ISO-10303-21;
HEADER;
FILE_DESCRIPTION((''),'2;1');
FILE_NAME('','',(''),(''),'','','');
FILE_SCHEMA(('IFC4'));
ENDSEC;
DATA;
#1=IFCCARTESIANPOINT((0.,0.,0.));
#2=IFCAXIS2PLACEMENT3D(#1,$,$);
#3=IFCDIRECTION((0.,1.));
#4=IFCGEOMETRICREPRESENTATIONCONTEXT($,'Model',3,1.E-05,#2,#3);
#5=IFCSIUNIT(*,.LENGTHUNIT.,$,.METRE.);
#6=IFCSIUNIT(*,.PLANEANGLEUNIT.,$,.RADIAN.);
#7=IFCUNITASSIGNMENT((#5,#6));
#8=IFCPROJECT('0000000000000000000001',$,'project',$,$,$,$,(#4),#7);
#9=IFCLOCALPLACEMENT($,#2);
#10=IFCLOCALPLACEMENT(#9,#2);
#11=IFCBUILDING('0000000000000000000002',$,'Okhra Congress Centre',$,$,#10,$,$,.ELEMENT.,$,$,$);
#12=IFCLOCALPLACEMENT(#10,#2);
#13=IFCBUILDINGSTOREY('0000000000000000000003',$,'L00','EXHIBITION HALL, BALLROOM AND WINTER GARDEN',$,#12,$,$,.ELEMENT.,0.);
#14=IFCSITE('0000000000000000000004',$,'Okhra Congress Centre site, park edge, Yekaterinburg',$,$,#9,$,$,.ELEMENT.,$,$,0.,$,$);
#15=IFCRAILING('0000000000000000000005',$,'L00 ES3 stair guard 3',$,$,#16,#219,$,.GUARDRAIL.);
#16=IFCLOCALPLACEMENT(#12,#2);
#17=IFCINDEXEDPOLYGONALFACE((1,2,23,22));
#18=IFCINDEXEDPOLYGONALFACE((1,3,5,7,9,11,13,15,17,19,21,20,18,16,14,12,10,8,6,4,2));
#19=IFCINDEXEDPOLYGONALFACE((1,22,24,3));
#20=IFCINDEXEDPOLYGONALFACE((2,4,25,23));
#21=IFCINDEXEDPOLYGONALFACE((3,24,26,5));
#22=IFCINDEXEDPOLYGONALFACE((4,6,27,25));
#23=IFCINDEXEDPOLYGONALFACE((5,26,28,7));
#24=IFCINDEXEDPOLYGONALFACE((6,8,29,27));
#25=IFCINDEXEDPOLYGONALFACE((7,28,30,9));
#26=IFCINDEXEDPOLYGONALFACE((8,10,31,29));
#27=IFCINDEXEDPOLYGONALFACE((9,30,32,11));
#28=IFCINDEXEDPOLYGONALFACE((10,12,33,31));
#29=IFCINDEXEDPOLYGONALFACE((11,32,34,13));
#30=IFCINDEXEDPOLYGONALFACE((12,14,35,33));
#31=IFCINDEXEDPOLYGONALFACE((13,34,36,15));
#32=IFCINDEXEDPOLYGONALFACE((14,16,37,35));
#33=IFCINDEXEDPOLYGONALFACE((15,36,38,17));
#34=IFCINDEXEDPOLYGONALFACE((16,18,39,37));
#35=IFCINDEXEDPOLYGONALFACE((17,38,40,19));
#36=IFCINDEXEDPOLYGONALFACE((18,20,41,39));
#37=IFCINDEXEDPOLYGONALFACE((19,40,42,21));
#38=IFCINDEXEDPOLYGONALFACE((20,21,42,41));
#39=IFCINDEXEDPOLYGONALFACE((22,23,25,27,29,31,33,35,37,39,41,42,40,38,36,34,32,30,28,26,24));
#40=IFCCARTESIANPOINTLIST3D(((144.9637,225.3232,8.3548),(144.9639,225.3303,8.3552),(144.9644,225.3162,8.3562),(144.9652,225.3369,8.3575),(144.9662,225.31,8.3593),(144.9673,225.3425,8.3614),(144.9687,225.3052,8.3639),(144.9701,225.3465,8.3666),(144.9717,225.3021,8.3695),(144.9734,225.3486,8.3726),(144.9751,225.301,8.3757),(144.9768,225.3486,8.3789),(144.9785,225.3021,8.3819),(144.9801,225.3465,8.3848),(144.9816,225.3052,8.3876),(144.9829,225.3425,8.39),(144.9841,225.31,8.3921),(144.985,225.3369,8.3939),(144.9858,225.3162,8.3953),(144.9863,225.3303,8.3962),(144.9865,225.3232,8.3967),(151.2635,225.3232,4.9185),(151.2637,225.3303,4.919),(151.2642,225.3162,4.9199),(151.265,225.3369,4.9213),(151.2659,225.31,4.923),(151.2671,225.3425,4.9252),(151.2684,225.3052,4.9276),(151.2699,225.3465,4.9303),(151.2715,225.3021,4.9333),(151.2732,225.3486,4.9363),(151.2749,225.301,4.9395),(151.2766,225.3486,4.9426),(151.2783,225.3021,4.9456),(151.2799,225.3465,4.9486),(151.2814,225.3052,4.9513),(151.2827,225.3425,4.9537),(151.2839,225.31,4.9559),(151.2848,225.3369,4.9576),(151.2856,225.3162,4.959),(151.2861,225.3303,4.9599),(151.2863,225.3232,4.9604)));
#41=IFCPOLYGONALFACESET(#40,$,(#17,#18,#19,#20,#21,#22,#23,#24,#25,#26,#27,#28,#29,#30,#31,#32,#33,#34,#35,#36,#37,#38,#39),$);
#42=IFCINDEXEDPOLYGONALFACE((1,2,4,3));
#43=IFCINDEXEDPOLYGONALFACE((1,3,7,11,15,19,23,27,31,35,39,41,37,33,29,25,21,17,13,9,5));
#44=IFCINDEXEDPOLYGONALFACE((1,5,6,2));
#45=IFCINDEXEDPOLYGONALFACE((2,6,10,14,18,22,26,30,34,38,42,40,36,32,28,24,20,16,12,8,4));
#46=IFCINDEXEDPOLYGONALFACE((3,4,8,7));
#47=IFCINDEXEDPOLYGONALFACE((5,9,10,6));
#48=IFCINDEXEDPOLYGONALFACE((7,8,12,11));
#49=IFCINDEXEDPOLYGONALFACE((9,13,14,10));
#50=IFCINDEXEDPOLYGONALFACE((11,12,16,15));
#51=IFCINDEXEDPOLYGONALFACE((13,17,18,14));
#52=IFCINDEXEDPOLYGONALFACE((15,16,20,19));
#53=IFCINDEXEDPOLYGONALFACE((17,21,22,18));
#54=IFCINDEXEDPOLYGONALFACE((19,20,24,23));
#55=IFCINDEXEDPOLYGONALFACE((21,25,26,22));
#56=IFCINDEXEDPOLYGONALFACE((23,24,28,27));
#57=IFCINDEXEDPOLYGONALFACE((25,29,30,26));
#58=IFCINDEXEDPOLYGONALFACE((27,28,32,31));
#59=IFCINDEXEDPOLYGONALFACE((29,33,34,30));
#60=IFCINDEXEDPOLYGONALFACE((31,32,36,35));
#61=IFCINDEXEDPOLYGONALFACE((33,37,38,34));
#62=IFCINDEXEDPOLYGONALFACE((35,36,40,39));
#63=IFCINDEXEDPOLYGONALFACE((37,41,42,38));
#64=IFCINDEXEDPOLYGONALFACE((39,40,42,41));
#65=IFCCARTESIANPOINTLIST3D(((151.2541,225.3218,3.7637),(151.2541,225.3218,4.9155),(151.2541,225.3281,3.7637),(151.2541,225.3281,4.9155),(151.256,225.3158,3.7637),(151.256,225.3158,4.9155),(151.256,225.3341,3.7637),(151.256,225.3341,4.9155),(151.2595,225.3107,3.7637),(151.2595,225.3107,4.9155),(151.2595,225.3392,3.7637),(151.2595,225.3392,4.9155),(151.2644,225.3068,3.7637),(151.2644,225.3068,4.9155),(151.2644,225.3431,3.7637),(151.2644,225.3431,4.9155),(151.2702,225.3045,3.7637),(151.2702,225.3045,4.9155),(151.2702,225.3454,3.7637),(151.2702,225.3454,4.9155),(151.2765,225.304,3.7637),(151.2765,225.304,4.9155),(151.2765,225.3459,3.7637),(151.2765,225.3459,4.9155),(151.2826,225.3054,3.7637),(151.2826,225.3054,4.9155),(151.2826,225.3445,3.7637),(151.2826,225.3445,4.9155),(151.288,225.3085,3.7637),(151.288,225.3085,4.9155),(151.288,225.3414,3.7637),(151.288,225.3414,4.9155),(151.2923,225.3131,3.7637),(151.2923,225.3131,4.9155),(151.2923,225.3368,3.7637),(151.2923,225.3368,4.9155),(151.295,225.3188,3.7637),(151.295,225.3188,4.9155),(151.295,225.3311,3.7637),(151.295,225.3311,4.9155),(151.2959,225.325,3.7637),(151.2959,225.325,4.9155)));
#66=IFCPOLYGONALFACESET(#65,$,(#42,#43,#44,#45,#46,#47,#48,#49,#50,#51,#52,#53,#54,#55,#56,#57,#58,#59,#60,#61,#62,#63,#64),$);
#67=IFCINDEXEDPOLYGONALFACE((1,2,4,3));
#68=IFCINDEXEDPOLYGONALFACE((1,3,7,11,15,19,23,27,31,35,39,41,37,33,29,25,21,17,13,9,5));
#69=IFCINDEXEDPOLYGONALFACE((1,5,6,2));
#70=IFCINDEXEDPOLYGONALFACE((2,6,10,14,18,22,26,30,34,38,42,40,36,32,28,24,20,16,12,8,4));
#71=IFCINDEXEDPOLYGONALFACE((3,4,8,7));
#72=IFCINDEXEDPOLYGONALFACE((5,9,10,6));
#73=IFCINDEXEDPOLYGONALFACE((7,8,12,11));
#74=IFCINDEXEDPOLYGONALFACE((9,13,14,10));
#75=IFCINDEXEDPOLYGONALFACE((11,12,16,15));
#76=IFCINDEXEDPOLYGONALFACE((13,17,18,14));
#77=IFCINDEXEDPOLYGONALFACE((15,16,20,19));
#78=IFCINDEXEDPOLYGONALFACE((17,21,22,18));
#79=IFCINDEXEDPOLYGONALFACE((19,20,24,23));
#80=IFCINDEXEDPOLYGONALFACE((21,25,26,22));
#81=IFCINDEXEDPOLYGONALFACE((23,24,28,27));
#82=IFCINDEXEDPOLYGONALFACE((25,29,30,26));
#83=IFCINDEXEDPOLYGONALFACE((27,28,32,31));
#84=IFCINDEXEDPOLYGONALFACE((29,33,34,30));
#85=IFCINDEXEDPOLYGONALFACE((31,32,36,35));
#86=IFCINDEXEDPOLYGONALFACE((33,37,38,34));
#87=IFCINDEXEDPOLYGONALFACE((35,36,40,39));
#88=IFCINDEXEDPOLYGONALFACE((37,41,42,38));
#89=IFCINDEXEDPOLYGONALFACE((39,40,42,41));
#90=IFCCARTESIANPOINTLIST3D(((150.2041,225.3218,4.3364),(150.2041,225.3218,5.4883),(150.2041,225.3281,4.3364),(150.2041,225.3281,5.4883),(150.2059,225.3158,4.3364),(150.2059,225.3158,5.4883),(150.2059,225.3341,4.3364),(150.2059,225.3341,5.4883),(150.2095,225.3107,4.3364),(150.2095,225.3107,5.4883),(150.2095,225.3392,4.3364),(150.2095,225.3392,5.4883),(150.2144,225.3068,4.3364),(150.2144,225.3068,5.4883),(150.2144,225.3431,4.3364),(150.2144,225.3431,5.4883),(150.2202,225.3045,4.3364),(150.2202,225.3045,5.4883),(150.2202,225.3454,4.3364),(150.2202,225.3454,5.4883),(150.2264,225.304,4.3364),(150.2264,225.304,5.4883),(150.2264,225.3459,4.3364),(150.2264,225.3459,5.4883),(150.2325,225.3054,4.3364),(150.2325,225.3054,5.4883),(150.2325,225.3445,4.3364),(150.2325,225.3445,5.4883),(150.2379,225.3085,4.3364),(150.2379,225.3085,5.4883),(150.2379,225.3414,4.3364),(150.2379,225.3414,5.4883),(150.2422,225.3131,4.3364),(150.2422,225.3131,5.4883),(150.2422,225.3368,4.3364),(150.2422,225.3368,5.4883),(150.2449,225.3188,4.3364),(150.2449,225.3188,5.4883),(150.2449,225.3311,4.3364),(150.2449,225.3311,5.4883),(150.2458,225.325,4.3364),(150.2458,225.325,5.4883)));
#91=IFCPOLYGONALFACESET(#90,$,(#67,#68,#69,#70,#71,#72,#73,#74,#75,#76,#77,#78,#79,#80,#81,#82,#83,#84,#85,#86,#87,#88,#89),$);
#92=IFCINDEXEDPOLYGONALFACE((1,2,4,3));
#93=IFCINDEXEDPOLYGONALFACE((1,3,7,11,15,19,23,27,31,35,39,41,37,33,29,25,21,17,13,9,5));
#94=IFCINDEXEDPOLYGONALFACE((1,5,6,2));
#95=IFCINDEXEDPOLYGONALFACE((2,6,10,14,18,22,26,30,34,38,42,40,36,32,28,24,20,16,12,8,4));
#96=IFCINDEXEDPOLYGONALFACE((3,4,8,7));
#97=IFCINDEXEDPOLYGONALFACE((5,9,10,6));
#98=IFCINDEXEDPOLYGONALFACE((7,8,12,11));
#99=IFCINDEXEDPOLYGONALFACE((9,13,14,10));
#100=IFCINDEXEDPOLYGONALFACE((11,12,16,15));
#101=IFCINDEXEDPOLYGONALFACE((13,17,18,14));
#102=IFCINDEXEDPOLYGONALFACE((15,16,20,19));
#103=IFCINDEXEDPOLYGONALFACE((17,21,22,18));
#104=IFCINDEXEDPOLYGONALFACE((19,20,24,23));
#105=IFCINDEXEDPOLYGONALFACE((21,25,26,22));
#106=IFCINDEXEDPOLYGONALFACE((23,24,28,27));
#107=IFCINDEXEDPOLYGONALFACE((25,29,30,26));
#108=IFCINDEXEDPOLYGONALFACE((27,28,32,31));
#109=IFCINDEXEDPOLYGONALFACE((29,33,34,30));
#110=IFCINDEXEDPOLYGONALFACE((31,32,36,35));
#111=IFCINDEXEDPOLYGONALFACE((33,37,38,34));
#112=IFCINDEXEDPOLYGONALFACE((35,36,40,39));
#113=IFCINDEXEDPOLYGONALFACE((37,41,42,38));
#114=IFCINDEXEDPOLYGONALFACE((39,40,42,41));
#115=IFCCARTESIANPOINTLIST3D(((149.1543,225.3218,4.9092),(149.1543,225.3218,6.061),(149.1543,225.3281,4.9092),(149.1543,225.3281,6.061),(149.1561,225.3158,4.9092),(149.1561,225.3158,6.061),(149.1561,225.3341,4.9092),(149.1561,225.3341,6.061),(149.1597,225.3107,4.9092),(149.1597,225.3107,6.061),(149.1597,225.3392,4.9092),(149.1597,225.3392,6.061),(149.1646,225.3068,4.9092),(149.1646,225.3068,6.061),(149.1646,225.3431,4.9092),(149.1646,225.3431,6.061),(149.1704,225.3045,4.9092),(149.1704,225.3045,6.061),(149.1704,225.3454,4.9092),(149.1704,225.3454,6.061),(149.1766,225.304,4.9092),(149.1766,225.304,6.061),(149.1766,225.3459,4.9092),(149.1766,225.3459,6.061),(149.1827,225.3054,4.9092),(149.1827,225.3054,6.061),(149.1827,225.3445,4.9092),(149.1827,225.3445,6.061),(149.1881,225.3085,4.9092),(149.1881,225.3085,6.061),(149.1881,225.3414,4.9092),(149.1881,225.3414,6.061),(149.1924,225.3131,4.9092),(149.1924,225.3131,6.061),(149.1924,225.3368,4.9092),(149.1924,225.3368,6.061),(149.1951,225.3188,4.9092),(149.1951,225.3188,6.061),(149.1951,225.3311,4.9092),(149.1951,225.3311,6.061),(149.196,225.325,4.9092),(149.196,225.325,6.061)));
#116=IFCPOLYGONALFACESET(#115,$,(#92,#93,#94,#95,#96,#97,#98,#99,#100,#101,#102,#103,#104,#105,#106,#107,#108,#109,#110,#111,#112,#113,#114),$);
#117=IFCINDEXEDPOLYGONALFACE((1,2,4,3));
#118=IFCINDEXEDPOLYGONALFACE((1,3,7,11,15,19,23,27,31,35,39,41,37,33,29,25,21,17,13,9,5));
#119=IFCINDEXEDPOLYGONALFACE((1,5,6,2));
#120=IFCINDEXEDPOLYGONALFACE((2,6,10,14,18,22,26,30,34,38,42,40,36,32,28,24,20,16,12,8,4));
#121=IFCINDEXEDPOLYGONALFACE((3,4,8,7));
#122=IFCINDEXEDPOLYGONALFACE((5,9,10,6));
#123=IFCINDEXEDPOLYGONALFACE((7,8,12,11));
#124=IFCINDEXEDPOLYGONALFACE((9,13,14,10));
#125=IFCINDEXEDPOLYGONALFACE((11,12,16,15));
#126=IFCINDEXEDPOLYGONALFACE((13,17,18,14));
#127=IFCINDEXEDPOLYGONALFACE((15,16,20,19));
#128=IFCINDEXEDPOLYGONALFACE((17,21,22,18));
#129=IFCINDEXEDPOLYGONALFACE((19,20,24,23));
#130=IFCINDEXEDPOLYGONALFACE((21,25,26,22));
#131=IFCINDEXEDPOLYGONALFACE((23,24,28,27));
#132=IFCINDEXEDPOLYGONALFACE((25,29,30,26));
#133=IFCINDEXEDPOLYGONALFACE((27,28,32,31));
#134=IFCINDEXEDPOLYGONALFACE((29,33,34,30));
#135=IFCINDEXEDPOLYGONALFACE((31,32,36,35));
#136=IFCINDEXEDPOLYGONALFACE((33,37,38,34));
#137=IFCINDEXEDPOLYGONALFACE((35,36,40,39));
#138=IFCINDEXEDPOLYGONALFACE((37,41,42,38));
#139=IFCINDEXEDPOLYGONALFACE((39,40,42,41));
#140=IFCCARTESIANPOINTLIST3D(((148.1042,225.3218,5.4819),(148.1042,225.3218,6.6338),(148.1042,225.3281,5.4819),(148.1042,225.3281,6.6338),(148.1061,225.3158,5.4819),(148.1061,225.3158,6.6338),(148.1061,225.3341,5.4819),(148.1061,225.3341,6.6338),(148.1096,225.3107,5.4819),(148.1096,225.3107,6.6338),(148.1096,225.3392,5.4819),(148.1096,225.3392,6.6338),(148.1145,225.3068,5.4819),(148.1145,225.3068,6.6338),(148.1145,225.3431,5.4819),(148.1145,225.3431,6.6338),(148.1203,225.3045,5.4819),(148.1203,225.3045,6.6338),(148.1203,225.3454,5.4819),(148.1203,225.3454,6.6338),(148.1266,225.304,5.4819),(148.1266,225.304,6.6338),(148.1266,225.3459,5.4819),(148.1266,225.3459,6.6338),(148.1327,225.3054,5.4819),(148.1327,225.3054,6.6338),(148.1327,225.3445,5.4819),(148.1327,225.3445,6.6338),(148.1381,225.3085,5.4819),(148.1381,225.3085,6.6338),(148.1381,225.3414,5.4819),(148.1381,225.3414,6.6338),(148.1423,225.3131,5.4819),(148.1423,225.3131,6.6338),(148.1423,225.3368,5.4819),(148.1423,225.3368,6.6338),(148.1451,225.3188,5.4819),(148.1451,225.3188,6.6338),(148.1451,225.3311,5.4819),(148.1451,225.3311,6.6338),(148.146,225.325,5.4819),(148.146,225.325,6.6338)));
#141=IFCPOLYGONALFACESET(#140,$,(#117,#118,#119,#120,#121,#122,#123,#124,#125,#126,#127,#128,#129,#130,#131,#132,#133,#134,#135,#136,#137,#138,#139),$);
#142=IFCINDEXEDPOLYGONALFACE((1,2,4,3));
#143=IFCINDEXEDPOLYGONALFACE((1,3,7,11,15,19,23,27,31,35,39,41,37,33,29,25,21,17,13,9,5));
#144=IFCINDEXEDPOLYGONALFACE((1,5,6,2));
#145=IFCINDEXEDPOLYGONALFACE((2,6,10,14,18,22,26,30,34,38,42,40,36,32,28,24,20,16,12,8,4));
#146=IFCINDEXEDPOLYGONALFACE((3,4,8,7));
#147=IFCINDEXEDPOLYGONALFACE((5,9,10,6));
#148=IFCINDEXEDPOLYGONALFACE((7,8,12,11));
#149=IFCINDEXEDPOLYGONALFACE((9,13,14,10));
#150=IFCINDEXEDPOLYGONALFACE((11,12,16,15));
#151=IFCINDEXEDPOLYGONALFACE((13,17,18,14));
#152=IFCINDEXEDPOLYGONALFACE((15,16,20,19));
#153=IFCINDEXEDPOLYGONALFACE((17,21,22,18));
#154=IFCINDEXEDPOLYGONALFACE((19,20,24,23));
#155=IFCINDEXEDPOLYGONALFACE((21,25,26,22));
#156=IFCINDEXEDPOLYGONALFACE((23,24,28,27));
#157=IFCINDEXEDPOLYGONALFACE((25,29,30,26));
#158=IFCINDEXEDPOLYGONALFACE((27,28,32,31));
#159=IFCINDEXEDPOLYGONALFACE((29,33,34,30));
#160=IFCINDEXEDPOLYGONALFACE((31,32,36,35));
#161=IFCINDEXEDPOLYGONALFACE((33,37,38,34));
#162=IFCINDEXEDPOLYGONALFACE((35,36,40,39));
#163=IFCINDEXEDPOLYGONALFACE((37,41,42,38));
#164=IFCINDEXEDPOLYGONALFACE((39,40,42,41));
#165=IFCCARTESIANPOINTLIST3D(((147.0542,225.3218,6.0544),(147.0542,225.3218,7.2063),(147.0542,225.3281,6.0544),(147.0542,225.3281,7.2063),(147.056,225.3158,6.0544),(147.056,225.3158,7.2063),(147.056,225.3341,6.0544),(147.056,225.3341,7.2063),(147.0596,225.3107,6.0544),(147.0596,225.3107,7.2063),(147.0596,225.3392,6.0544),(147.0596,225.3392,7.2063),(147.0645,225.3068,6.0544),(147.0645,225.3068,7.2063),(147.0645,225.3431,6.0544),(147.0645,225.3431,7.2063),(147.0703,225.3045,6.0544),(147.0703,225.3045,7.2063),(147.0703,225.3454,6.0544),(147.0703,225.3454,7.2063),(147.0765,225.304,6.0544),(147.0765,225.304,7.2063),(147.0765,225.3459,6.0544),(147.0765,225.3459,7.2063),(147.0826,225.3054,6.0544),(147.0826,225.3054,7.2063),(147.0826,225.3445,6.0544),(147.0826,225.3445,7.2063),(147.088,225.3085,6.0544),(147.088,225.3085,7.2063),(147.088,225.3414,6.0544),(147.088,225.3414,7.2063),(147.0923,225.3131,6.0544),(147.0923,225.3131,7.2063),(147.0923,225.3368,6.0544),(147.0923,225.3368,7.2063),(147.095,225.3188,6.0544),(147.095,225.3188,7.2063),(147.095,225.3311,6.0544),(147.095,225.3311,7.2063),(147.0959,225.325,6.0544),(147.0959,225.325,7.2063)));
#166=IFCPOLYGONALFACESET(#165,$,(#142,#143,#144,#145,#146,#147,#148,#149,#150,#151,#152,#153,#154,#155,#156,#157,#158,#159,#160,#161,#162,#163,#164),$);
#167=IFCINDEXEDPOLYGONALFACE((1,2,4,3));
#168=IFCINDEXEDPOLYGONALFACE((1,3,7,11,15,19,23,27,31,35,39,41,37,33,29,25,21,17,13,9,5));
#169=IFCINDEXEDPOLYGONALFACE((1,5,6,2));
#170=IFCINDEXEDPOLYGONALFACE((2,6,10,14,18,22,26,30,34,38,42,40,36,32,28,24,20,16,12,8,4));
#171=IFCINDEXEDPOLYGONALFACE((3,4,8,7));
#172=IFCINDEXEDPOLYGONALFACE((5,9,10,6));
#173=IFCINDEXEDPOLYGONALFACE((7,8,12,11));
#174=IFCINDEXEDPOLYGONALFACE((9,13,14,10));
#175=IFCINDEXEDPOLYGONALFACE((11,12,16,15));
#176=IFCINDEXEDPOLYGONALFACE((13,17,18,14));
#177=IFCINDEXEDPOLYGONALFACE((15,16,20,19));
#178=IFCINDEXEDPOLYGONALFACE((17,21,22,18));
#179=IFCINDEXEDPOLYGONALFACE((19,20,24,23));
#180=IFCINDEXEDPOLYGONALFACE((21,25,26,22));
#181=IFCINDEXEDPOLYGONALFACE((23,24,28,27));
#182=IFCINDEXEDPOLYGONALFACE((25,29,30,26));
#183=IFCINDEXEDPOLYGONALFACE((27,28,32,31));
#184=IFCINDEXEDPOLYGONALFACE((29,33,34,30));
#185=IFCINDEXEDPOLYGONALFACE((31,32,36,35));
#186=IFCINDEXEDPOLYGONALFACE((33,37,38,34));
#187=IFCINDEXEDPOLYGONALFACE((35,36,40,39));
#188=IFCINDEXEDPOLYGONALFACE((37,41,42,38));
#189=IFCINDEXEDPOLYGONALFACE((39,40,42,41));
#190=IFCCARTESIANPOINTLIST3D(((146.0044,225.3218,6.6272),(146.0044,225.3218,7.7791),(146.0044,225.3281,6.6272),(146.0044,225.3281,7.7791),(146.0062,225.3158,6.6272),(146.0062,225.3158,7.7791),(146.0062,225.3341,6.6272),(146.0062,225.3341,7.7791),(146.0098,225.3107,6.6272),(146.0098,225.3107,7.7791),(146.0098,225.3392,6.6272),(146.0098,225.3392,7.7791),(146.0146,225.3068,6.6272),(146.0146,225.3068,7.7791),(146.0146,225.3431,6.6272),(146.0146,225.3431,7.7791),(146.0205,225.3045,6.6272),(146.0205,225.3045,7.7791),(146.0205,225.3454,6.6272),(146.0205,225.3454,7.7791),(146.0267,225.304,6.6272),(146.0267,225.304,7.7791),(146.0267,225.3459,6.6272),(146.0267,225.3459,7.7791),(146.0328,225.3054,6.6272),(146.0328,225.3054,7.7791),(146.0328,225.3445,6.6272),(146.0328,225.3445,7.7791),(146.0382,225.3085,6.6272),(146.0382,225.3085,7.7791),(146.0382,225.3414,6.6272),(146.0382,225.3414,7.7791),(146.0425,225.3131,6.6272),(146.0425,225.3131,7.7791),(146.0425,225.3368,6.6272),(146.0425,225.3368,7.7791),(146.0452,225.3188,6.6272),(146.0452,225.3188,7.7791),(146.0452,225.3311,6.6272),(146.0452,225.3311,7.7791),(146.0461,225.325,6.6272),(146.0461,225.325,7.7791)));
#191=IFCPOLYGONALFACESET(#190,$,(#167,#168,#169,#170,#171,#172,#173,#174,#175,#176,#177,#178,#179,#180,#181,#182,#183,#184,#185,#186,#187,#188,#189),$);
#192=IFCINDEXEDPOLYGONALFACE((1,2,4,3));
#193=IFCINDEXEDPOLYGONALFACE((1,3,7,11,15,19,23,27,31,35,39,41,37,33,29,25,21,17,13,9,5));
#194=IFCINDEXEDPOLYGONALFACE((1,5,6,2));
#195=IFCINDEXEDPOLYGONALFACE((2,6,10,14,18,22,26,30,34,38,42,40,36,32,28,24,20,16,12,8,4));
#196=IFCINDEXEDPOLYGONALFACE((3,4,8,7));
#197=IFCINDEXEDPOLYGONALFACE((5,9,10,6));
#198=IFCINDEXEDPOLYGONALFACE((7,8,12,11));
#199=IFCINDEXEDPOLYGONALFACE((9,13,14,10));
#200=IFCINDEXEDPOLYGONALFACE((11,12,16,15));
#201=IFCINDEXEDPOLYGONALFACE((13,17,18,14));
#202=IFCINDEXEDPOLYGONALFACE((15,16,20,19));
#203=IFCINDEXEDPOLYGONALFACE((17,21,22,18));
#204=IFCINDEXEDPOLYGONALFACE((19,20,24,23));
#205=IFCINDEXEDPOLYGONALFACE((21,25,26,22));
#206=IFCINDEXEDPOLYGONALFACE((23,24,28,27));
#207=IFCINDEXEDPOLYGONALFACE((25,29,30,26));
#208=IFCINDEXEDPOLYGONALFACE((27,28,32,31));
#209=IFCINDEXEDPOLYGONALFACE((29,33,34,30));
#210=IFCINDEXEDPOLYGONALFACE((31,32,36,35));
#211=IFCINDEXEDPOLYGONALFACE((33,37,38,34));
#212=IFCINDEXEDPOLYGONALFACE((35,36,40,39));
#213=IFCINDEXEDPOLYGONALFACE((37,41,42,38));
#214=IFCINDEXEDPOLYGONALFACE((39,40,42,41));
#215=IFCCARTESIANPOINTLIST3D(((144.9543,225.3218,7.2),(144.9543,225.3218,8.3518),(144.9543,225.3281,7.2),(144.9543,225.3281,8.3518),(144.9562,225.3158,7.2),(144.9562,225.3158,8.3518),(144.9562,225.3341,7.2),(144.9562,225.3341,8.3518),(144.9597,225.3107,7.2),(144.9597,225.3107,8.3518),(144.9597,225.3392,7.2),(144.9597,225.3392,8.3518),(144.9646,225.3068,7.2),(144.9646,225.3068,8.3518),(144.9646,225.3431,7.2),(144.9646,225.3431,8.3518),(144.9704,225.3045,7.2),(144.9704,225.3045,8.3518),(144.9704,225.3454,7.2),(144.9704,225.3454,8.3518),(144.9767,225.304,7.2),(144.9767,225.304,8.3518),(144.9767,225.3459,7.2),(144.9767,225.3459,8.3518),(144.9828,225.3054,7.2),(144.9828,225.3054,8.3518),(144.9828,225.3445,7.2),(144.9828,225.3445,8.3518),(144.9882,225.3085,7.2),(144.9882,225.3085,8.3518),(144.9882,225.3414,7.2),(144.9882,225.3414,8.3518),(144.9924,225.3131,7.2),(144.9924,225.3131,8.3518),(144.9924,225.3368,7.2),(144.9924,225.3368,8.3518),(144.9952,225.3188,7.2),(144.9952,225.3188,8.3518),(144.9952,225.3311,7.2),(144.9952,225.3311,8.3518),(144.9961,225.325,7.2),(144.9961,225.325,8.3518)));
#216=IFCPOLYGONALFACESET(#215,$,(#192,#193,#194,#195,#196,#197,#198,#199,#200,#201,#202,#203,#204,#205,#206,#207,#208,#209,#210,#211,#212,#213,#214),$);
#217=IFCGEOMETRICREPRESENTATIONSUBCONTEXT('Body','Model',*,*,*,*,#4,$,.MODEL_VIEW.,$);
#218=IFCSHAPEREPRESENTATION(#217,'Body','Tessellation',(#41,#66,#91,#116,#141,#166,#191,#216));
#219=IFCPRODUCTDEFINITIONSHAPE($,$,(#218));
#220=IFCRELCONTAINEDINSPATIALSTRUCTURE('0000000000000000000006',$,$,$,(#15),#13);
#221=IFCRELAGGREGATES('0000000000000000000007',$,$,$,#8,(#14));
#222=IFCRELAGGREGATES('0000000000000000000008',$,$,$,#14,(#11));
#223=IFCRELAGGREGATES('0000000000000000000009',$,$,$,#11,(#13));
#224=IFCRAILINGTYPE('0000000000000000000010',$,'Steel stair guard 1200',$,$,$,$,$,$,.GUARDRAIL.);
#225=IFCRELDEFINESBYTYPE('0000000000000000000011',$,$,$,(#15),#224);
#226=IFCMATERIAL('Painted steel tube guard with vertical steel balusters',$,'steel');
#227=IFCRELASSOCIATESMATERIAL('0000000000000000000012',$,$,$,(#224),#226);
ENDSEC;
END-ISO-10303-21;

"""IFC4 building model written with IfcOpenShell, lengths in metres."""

from ifc_helpers import new_model, si_unit, direction, frame, origin, origin_2d, place, context, subcontext, project, spatial, circle, extrude, material, type_object, element, save


model = new_model("IFC4")

# Units and contexts
model_context = context("Model", 3, precision=1e-05, world=origin(), true_north=direction((0.0, 1.0)))
body_context = subcontext(model_context, "Body", "Model", "MODEL_VIEW")
ifc_project = project(units=[si_unit("LENGTHUNIT", "METRE"), si_unit("PLANEANGLEUNIT", "RADIAN")], contexts=[model_context])

# Site, building, storey
site_placement = place(None, origin())
site = spatial("IfcSite", under=ifc_project, at=site_placement, Name="Okhra Congress Centre site, park edge, Yekaterinburg", CompositionType="ELEMENT", RefElevation=0.0)
building_placement = place(site_placement, origin())
building = spatial("IfcBuilding", under=site, at=building_placement, Name="Okhra Congress Centre", CompositionType="ELEMENT")
storey_placement = place(building_placement, origin())
storey = spatial("IfcBuildingStorey", under=building, at=storey_placement, Name="L00", Description="EXHIBITION HALL, BALLROOM AND WINTER GARDEN", CompositionType="ELEMENT", Elevation=0.0)

# Railing
ifc_material_1 = material(Name="Painted steel tube guard with vertical steel balusters", Category="steel")
railing_type_1 = type_object("IfcRailingType", Name="Steel stair guard 1200", PredefinedType="GUARDRAIL", material=ifc_material_1)
railing_1_placement = place(storey_placement, frame((151.2749, 225.325, 3.7637)))
element("IfcRailing", 1, at=railing_1_placement, inside=storey, type_object=railing_type_1, Name="L00 ES3 stair guard 3", PredefinedType="GUARDRAIL", context=body_context, shape_type="SweptSolid", body=[
    extrude(circle(Radius=0.0239, at=origin_2d()), frame((0.0, 0.0, 1.1758), z_axis=(-0.877894, 0.0, 0.478855), x_axis=(0.0, -1.0, 0.0)), (0.0, 0.0, 1.0), 7.176),
    extrude(circle(Radius=0.021, at=origin_2d()), origin(), (0.0, 0.0, 1.0), 1.1519),
    extrude(circle(Radius=0.021, at=origin_2d()), frame((-1.05, 0.0, 0.5728)), (0.0, 0.0, 1.0), 1.1519),
    extrude(circle(Radius=0.021, at=origin_2d()), frame((-2.0999, 0.0, 1.1455)), (0.0, 0.0, 1.0), 1.1519),
    extrude(circle(Radius=0.021, at=origin_2d()), frame((-3.1499, 0.0, 1.7183)), (0.0, 0.0, 1.0), 1.1519),
    extrude(circle(Radius=0.021, at=origin_2d()), frame((-4.2, 0.0, 2.2908)), (0.0, 0.0, 1.0), 1.1519),
    extrude(circle(Radius=0.021, at=origin_2d()), frame((-5.2498, 0.0, 2.8635)), (0.0, 0.0, 1.0), 1.1519),
    extrude(circle(Radius=0.021, at=origin_2d()), frame((-6.2998, 0.0, 3.4363)), (0.0, 0.0, 1.0), 1.1519),
])

save(model, "model.ifc")
